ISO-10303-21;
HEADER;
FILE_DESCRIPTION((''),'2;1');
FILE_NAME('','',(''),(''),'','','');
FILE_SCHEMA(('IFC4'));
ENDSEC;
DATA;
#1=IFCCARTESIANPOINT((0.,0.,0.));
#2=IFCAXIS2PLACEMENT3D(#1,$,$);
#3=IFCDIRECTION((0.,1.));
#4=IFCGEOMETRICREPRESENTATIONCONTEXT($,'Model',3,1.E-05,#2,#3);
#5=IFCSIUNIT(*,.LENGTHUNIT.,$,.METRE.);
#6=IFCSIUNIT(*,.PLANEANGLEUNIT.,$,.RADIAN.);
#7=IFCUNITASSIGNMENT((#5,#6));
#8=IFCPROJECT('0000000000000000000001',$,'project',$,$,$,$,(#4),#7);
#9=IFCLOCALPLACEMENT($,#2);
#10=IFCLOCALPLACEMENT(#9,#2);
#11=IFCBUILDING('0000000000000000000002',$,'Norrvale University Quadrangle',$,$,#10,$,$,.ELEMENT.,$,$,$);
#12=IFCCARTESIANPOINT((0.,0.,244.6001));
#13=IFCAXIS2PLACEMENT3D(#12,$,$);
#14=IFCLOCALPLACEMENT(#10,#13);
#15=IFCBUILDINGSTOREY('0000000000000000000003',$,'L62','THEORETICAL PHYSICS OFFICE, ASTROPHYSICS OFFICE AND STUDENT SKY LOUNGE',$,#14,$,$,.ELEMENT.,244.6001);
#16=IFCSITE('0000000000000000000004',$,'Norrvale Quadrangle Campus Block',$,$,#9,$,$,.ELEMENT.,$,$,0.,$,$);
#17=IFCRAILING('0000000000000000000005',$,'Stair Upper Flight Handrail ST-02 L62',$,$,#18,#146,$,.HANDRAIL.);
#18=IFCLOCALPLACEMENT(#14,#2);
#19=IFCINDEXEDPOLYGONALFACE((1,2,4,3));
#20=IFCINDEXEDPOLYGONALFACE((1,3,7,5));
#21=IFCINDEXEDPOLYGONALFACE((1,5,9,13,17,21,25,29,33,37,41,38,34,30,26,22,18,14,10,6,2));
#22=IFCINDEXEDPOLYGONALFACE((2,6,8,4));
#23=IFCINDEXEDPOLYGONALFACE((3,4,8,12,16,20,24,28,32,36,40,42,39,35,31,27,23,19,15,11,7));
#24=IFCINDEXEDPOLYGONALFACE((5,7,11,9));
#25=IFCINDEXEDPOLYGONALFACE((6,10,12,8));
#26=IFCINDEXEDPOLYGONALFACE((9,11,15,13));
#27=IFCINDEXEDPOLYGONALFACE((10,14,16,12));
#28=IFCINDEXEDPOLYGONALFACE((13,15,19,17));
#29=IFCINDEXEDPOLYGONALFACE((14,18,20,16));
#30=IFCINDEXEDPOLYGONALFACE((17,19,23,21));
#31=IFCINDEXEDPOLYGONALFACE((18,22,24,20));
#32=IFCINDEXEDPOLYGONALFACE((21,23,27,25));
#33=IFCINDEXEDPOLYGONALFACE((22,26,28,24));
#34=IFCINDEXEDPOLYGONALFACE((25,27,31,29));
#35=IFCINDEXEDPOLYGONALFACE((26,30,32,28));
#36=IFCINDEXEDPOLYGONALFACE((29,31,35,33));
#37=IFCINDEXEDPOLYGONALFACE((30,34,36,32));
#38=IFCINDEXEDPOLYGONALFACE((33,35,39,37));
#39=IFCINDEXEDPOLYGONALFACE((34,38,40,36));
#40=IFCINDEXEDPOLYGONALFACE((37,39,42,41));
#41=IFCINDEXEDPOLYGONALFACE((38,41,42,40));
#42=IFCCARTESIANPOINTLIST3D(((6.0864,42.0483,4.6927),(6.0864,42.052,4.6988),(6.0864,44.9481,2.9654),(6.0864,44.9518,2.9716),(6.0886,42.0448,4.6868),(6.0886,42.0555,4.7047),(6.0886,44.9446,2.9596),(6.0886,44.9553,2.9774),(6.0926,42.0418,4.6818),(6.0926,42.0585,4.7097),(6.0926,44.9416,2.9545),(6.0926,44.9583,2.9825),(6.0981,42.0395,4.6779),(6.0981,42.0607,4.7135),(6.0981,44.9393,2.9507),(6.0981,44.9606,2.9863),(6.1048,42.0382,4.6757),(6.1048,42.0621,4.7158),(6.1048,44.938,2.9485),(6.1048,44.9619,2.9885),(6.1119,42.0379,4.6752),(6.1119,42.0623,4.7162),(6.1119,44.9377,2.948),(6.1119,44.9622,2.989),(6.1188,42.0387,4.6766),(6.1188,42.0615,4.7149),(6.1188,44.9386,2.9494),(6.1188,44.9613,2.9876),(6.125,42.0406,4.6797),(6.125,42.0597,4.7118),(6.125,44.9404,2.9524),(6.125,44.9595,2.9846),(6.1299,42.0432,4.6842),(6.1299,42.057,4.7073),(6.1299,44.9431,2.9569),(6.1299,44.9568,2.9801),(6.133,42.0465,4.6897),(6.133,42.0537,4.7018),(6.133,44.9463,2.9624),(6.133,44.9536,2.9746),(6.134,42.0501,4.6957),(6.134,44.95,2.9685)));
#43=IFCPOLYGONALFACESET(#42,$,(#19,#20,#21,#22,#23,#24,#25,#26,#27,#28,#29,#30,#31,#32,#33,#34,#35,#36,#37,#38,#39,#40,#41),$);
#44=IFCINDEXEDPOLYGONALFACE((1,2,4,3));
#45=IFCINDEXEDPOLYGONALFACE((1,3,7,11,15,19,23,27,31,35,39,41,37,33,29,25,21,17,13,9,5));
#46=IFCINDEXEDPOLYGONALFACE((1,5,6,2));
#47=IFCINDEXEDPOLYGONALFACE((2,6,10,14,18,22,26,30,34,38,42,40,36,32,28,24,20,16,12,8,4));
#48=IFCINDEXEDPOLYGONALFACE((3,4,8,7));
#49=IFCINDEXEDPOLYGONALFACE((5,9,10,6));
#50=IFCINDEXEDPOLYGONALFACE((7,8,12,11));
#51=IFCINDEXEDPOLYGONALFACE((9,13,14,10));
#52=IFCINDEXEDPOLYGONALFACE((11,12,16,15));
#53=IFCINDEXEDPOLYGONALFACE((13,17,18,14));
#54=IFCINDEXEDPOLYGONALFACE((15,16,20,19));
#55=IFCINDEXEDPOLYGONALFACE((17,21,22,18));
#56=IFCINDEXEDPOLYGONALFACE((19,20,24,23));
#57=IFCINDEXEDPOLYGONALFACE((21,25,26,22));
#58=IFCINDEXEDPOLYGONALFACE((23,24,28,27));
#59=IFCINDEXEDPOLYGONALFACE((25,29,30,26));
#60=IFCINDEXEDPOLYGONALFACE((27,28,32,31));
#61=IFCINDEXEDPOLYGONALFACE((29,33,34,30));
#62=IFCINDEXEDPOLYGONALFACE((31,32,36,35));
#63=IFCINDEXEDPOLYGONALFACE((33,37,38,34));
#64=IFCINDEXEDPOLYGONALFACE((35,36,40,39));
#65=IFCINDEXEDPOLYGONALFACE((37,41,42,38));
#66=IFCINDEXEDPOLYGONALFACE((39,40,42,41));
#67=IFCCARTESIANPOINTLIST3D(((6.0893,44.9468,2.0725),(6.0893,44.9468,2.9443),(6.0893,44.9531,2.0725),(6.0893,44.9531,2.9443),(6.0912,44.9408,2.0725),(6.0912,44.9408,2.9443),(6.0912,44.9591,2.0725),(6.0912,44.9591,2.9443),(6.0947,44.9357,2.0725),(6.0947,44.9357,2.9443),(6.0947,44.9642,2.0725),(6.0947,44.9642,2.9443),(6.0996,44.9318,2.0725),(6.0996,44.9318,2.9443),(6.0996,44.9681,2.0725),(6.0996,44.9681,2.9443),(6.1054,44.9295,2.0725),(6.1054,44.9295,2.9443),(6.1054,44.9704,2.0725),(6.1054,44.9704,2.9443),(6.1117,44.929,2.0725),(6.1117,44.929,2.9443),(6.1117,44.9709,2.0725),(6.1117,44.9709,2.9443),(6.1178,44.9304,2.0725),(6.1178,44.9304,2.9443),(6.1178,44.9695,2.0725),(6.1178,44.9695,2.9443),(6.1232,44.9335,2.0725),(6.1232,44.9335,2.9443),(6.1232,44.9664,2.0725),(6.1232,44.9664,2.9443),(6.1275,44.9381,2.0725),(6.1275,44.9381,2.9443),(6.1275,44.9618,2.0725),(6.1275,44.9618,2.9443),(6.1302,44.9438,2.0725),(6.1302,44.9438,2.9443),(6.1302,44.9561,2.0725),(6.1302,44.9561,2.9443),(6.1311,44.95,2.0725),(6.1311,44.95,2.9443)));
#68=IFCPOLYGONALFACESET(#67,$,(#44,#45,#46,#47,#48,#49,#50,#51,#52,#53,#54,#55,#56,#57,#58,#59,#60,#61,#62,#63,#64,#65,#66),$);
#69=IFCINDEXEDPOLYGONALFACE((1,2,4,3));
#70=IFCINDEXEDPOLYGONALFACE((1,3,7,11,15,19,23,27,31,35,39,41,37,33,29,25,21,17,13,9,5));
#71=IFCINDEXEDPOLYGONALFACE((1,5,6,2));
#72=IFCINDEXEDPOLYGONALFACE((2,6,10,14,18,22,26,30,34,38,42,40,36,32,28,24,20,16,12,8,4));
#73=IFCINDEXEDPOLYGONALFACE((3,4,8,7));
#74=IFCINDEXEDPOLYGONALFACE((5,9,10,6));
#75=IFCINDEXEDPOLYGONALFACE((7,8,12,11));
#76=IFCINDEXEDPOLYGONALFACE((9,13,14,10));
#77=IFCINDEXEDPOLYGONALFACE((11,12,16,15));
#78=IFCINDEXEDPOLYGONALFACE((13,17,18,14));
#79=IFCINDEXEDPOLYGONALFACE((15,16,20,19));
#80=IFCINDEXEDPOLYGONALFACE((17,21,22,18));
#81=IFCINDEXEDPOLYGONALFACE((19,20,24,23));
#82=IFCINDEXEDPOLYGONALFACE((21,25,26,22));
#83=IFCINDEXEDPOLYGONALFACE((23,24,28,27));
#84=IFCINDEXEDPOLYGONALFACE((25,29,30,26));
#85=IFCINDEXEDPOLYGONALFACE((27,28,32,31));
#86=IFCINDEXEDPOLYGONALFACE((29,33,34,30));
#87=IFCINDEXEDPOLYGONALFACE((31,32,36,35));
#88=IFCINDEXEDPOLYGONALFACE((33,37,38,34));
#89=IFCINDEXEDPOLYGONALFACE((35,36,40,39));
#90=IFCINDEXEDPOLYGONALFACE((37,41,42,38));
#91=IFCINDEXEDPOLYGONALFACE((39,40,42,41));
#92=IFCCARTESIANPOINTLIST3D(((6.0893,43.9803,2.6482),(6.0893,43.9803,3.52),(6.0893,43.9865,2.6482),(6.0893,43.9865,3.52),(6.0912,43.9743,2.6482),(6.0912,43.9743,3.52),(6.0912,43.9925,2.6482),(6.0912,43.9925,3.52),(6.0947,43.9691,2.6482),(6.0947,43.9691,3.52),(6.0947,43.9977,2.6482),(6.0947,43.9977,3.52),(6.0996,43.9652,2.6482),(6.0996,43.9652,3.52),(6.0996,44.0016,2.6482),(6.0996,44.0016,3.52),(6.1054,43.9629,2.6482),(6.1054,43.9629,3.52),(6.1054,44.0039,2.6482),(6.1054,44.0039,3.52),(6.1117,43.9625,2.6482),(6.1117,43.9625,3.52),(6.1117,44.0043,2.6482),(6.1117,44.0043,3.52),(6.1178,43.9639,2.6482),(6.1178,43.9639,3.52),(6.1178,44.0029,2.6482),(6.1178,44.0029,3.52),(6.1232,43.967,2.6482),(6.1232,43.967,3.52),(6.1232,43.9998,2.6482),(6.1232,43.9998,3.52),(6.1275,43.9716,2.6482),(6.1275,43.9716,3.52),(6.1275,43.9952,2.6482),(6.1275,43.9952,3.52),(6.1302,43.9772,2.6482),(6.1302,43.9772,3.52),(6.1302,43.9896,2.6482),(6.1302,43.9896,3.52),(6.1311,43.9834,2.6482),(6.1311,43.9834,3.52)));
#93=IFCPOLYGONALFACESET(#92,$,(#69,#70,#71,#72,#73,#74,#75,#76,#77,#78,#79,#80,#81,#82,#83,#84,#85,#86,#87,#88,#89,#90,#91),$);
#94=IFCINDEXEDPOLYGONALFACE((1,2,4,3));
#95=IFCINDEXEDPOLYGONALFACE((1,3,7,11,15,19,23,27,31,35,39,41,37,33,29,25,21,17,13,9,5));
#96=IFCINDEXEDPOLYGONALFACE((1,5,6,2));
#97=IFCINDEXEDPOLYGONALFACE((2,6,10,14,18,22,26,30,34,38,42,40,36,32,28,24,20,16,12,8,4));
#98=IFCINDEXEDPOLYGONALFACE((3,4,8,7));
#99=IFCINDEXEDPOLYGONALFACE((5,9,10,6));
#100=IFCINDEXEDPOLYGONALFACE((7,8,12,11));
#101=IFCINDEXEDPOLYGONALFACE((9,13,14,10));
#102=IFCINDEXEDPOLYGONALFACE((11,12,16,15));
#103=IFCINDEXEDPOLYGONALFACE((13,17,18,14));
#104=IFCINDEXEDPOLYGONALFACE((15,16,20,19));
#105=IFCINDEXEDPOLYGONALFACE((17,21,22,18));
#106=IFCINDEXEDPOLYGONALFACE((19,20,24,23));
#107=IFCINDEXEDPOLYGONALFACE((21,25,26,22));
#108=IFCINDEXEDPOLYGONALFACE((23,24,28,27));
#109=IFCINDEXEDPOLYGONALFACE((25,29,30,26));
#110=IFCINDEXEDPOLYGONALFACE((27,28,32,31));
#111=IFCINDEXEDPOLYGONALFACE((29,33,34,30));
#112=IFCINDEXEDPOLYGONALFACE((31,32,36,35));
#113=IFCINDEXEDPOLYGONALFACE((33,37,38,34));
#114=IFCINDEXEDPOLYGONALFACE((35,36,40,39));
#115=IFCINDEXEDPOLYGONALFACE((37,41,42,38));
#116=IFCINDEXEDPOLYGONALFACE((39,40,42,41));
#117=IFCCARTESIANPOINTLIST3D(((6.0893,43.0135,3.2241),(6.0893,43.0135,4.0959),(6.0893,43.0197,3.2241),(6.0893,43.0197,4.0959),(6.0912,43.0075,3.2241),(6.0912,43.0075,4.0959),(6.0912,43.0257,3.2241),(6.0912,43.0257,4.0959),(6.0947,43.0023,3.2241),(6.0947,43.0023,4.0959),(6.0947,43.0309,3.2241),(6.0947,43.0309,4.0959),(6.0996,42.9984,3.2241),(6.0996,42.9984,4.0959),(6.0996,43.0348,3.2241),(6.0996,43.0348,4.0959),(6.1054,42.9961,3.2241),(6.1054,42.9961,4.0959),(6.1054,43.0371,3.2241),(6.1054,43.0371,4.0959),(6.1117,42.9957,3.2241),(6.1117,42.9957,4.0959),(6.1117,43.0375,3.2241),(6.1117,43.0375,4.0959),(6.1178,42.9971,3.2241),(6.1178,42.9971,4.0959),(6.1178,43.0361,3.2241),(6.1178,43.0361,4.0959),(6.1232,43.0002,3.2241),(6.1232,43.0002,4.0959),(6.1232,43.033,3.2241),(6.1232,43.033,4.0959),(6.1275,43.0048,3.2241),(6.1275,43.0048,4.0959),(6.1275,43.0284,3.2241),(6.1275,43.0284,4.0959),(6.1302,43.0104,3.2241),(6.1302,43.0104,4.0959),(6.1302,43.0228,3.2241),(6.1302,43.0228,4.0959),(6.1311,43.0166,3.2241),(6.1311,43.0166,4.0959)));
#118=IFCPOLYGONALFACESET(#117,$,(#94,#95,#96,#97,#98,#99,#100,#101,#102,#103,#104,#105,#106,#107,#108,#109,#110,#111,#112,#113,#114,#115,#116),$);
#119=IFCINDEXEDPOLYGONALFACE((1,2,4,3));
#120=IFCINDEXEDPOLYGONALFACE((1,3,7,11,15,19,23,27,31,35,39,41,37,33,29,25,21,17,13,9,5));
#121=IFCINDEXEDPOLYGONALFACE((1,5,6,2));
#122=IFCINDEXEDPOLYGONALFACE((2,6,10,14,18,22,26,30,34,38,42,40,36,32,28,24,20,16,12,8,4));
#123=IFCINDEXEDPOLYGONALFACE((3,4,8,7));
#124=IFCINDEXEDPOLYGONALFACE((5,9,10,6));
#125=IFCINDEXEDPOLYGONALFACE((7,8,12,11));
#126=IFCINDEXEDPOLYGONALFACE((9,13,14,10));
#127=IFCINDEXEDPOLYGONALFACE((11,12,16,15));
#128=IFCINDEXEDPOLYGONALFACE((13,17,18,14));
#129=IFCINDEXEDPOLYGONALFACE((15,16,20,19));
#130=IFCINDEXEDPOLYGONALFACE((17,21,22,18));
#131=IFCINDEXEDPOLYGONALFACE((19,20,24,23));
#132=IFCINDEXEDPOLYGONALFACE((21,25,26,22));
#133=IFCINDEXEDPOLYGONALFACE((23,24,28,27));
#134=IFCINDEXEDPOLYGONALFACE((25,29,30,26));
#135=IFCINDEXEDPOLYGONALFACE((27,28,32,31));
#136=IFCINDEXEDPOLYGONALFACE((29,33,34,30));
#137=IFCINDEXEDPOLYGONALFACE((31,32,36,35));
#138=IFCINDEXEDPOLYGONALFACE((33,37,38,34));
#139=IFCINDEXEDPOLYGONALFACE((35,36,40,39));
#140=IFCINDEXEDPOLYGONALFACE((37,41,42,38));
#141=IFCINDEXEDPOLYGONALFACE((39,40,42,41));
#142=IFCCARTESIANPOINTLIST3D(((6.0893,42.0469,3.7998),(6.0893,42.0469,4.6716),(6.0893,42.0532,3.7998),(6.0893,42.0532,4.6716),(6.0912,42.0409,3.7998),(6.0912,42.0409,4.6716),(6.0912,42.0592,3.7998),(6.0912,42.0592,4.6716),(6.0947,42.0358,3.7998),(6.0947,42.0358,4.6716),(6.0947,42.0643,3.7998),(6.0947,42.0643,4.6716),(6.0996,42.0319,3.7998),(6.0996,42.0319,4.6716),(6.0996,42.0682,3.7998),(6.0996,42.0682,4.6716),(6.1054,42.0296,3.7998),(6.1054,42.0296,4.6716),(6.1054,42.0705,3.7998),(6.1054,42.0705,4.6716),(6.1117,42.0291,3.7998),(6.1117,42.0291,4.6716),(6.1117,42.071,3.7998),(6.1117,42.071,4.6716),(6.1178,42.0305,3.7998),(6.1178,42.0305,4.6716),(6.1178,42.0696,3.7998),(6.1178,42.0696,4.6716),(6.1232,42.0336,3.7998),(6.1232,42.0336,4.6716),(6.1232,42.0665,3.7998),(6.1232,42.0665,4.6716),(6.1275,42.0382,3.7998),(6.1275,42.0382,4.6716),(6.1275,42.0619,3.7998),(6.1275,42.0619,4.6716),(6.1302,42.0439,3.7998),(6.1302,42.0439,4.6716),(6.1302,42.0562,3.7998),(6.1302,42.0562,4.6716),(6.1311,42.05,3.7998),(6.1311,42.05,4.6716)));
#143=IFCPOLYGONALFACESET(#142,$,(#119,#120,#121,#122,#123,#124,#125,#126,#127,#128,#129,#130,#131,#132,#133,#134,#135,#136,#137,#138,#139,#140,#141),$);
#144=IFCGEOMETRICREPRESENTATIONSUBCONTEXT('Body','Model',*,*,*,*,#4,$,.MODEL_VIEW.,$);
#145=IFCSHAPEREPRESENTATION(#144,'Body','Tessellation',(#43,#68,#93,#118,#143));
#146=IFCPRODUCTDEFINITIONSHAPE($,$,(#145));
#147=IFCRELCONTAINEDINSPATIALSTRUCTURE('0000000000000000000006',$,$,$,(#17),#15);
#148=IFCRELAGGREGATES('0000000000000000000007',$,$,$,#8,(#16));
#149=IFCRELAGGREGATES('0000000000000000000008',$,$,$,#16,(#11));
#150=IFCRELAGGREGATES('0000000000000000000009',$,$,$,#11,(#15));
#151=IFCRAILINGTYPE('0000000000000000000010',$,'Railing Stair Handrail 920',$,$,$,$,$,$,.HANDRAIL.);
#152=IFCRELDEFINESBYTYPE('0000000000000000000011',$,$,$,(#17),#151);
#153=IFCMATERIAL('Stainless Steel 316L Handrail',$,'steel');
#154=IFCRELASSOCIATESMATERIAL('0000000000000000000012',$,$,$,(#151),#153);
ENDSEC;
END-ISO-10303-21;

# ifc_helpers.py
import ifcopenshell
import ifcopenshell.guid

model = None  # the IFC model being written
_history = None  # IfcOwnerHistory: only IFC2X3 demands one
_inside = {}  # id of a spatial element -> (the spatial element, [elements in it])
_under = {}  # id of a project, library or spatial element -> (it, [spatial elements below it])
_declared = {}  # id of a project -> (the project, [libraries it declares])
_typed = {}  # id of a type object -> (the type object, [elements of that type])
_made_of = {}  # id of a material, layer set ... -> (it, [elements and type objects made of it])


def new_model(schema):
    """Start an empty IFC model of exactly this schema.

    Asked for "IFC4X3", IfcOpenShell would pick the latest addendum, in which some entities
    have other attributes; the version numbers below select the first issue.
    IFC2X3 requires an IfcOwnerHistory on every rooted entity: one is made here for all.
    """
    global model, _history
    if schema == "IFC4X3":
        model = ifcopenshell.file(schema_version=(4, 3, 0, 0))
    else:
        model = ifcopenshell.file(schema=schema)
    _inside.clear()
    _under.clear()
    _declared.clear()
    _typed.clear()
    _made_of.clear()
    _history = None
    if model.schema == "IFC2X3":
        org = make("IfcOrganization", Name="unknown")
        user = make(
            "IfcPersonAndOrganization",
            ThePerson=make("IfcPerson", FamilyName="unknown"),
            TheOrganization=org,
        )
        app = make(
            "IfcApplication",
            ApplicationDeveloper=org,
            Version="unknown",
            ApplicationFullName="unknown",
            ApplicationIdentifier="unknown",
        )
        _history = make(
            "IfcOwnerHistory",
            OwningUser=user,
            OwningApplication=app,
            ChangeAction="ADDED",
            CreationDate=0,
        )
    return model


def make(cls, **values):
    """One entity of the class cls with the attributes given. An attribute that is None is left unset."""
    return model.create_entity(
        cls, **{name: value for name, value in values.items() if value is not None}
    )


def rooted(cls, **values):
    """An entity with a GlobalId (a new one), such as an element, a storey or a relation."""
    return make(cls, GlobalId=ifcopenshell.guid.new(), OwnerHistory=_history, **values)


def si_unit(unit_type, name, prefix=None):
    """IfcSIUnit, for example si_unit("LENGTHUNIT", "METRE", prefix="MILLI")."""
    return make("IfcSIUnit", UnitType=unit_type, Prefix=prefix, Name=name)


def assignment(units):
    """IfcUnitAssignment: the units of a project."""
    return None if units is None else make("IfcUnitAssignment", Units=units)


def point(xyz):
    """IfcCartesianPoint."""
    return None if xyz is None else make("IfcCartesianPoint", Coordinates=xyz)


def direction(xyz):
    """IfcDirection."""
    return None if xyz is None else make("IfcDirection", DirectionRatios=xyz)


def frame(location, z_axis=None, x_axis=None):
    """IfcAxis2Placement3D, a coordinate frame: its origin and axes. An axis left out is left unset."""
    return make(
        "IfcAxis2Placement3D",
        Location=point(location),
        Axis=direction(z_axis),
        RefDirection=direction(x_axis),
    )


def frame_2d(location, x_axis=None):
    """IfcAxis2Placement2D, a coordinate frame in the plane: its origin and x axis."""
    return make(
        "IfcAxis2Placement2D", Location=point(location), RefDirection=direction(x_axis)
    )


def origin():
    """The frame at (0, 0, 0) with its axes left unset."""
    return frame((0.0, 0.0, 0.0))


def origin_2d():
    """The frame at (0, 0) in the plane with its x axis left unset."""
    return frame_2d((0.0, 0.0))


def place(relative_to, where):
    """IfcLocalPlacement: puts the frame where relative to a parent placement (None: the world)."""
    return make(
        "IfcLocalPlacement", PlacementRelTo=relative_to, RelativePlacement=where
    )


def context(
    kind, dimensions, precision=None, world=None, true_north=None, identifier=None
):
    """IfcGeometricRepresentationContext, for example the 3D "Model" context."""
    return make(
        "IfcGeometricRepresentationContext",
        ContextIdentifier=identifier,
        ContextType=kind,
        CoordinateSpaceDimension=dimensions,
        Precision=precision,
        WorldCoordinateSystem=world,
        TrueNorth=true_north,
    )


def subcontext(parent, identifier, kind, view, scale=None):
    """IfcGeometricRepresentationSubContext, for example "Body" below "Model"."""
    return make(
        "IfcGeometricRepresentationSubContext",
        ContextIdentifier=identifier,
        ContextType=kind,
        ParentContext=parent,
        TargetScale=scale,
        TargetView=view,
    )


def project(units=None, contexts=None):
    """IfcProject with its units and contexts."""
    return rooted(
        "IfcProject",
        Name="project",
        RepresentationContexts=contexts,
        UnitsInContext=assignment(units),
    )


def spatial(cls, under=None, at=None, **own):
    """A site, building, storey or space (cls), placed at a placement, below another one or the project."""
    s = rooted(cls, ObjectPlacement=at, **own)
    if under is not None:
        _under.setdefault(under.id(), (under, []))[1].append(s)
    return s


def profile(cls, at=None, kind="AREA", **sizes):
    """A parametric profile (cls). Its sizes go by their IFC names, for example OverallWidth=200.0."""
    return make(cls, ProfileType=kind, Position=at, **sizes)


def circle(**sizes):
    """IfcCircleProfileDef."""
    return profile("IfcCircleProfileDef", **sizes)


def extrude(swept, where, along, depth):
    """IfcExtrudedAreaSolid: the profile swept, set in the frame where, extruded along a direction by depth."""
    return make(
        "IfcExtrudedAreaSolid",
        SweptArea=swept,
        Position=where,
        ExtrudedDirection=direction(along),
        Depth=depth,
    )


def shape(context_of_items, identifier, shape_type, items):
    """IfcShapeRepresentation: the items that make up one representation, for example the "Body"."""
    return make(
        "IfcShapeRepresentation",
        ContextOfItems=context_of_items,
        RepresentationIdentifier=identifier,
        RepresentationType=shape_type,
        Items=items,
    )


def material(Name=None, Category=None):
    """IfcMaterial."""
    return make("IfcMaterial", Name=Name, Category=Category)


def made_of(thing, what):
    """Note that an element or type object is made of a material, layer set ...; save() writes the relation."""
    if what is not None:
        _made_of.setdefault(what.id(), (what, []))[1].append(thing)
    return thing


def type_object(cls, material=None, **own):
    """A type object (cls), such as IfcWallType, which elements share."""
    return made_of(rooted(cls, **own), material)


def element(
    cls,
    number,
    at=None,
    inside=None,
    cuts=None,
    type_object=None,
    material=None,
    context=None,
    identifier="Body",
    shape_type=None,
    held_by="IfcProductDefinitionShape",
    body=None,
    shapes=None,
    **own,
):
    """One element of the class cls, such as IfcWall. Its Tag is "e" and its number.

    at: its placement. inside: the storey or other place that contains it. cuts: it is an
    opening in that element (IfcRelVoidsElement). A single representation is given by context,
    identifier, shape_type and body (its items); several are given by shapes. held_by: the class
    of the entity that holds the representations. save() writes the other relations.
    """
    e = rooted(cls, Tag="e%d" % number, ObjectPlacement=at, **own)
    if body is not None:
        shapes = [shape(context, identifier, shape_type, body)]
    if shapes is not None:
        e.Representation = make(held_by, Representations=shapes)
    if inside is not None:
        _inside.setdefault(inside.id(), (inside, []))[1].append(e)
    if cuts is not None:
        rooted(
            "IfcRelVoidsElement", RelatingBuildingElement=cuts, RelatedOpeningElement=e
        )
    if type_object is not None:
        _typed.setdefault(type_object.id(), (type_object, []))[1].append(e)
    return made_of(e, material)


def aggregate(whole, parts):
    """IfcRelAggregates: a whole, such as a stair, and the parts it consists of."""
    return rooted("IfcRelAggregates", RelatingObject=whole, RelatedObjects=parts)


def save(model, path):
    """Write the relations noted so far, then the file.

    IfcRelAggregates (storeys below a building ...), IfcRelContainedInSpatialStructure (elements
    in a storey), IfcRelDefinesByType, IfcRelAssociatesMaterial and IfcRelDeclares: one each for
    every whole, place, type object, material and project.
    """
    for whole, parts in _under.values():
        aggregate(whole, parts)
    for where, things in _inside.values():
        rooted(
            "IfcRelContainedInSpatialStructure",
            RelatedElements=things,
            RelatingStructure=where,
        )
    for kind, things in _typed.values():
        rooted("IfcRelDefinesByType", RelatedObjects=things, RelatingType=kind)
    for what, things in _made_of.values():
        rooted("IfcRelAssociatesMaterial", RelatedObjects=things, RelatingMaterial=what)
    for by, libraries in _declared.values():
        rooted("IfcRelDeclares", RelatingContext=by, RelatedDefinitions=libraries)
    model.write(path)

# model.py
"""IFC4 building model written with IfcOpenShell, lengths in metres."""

from ifc_helpers import new_model, si_unit, direction, frame, origin, origin_2d, place, context, subcontext, project, spatial, circle, extrude, material, type_object, element, save


model = new_model("IFC4")

# Units and contexts
model_context = context("Model", 3, precision=1e-05, world=origin(), true_north=direction((0.0, 1.0)))
body_context = subcontext(model_context, "Body", "Model", "MODEL_VIEW")
ifc_project = project(units=[si_unit("LENGTHUNIT", "METRE"), si_unit("PLANEANGLEUNIT", "RADIAN")], contexts=[model_context])

# Site, building, storey
site_placement = place(None, origin())
site = spatial("IfcSite", under=ifc_project, at=site_placement, Name="Norrvale Quadrangle Campus Block", CompositionType="ELEMENT", RefElevation=0.0)
building_placement = place(site_placement, origin())
building = spatial("IfcBuilding", under=site, at=building_placement, Name="Norrvale University Quadrangle", CompositionType="ELEMENT")
storey_placement = place(building_placement, frame((0.0, 0.0, 244.6001)))
storey = spatial("IfcBuildingStorey", under=building, at=storey_placement, Name="L62", Description="THEORETICAL PHYSICS OFFICE, ASTROPHYSICS OFFICE AND STUDENT SKY LOUNGE", CompositionType="ELEMENT", Elevation=244.6001)

# Railing
ifc_material_1 = material(Name="Stainless Steel 316L Handrail", Category="steel")
railing_type_1 = type_object("IfcRailingType", Name="Railing Stair Handrail 920", PredefinedType="HANDRAIL", material=ifc_material_1)
railing_1_placement = place(storey_placement, frame((6.1101, 44.95, 2.0725)))
element("IfcRailing", 1, at=railing_1_placement, inside=storey, type_object=railing_type_1, Name="Stair Upper Flight Handrail ST-02 L62", PredefinedType="HANDRAIL", context=body_context, shape_type="SweptSolid", body=[
    extrude(circle(Radius=0.0239, at=origin_2d()), frame((0.0, 0.0, 0.896), z_axis=(0.0, -0.859141, 0.511738), x_axis=(1.0, 0.0, 0.0)), (0.0, 0.0, 1.0), 3.3752),
    extrude(circle(Radius=0.021, at=origin_2d()), origin(), (0.0, 0.0, 1.0), 0.8718),
    extrude(circle(Radius=0.021, at=origin_2d()), frame((0.0, -0.9666, 0.5757)), (0.0, 0.0, 1.0), 0.8718),
    extrude(circle(Radius=0.021, at=origin_2d()), frame((0.0, -1.9333, 1.1516)), (0.0, 0.0, 1.0), 0.8718),
    extrude(circle(Radius=0.021, at=origin_2d()), frame((0.0, -2.8999, 1.7273)), (0.0, 0.0, 1.0), 0.8718),
])

save(model, "model.ifc")
